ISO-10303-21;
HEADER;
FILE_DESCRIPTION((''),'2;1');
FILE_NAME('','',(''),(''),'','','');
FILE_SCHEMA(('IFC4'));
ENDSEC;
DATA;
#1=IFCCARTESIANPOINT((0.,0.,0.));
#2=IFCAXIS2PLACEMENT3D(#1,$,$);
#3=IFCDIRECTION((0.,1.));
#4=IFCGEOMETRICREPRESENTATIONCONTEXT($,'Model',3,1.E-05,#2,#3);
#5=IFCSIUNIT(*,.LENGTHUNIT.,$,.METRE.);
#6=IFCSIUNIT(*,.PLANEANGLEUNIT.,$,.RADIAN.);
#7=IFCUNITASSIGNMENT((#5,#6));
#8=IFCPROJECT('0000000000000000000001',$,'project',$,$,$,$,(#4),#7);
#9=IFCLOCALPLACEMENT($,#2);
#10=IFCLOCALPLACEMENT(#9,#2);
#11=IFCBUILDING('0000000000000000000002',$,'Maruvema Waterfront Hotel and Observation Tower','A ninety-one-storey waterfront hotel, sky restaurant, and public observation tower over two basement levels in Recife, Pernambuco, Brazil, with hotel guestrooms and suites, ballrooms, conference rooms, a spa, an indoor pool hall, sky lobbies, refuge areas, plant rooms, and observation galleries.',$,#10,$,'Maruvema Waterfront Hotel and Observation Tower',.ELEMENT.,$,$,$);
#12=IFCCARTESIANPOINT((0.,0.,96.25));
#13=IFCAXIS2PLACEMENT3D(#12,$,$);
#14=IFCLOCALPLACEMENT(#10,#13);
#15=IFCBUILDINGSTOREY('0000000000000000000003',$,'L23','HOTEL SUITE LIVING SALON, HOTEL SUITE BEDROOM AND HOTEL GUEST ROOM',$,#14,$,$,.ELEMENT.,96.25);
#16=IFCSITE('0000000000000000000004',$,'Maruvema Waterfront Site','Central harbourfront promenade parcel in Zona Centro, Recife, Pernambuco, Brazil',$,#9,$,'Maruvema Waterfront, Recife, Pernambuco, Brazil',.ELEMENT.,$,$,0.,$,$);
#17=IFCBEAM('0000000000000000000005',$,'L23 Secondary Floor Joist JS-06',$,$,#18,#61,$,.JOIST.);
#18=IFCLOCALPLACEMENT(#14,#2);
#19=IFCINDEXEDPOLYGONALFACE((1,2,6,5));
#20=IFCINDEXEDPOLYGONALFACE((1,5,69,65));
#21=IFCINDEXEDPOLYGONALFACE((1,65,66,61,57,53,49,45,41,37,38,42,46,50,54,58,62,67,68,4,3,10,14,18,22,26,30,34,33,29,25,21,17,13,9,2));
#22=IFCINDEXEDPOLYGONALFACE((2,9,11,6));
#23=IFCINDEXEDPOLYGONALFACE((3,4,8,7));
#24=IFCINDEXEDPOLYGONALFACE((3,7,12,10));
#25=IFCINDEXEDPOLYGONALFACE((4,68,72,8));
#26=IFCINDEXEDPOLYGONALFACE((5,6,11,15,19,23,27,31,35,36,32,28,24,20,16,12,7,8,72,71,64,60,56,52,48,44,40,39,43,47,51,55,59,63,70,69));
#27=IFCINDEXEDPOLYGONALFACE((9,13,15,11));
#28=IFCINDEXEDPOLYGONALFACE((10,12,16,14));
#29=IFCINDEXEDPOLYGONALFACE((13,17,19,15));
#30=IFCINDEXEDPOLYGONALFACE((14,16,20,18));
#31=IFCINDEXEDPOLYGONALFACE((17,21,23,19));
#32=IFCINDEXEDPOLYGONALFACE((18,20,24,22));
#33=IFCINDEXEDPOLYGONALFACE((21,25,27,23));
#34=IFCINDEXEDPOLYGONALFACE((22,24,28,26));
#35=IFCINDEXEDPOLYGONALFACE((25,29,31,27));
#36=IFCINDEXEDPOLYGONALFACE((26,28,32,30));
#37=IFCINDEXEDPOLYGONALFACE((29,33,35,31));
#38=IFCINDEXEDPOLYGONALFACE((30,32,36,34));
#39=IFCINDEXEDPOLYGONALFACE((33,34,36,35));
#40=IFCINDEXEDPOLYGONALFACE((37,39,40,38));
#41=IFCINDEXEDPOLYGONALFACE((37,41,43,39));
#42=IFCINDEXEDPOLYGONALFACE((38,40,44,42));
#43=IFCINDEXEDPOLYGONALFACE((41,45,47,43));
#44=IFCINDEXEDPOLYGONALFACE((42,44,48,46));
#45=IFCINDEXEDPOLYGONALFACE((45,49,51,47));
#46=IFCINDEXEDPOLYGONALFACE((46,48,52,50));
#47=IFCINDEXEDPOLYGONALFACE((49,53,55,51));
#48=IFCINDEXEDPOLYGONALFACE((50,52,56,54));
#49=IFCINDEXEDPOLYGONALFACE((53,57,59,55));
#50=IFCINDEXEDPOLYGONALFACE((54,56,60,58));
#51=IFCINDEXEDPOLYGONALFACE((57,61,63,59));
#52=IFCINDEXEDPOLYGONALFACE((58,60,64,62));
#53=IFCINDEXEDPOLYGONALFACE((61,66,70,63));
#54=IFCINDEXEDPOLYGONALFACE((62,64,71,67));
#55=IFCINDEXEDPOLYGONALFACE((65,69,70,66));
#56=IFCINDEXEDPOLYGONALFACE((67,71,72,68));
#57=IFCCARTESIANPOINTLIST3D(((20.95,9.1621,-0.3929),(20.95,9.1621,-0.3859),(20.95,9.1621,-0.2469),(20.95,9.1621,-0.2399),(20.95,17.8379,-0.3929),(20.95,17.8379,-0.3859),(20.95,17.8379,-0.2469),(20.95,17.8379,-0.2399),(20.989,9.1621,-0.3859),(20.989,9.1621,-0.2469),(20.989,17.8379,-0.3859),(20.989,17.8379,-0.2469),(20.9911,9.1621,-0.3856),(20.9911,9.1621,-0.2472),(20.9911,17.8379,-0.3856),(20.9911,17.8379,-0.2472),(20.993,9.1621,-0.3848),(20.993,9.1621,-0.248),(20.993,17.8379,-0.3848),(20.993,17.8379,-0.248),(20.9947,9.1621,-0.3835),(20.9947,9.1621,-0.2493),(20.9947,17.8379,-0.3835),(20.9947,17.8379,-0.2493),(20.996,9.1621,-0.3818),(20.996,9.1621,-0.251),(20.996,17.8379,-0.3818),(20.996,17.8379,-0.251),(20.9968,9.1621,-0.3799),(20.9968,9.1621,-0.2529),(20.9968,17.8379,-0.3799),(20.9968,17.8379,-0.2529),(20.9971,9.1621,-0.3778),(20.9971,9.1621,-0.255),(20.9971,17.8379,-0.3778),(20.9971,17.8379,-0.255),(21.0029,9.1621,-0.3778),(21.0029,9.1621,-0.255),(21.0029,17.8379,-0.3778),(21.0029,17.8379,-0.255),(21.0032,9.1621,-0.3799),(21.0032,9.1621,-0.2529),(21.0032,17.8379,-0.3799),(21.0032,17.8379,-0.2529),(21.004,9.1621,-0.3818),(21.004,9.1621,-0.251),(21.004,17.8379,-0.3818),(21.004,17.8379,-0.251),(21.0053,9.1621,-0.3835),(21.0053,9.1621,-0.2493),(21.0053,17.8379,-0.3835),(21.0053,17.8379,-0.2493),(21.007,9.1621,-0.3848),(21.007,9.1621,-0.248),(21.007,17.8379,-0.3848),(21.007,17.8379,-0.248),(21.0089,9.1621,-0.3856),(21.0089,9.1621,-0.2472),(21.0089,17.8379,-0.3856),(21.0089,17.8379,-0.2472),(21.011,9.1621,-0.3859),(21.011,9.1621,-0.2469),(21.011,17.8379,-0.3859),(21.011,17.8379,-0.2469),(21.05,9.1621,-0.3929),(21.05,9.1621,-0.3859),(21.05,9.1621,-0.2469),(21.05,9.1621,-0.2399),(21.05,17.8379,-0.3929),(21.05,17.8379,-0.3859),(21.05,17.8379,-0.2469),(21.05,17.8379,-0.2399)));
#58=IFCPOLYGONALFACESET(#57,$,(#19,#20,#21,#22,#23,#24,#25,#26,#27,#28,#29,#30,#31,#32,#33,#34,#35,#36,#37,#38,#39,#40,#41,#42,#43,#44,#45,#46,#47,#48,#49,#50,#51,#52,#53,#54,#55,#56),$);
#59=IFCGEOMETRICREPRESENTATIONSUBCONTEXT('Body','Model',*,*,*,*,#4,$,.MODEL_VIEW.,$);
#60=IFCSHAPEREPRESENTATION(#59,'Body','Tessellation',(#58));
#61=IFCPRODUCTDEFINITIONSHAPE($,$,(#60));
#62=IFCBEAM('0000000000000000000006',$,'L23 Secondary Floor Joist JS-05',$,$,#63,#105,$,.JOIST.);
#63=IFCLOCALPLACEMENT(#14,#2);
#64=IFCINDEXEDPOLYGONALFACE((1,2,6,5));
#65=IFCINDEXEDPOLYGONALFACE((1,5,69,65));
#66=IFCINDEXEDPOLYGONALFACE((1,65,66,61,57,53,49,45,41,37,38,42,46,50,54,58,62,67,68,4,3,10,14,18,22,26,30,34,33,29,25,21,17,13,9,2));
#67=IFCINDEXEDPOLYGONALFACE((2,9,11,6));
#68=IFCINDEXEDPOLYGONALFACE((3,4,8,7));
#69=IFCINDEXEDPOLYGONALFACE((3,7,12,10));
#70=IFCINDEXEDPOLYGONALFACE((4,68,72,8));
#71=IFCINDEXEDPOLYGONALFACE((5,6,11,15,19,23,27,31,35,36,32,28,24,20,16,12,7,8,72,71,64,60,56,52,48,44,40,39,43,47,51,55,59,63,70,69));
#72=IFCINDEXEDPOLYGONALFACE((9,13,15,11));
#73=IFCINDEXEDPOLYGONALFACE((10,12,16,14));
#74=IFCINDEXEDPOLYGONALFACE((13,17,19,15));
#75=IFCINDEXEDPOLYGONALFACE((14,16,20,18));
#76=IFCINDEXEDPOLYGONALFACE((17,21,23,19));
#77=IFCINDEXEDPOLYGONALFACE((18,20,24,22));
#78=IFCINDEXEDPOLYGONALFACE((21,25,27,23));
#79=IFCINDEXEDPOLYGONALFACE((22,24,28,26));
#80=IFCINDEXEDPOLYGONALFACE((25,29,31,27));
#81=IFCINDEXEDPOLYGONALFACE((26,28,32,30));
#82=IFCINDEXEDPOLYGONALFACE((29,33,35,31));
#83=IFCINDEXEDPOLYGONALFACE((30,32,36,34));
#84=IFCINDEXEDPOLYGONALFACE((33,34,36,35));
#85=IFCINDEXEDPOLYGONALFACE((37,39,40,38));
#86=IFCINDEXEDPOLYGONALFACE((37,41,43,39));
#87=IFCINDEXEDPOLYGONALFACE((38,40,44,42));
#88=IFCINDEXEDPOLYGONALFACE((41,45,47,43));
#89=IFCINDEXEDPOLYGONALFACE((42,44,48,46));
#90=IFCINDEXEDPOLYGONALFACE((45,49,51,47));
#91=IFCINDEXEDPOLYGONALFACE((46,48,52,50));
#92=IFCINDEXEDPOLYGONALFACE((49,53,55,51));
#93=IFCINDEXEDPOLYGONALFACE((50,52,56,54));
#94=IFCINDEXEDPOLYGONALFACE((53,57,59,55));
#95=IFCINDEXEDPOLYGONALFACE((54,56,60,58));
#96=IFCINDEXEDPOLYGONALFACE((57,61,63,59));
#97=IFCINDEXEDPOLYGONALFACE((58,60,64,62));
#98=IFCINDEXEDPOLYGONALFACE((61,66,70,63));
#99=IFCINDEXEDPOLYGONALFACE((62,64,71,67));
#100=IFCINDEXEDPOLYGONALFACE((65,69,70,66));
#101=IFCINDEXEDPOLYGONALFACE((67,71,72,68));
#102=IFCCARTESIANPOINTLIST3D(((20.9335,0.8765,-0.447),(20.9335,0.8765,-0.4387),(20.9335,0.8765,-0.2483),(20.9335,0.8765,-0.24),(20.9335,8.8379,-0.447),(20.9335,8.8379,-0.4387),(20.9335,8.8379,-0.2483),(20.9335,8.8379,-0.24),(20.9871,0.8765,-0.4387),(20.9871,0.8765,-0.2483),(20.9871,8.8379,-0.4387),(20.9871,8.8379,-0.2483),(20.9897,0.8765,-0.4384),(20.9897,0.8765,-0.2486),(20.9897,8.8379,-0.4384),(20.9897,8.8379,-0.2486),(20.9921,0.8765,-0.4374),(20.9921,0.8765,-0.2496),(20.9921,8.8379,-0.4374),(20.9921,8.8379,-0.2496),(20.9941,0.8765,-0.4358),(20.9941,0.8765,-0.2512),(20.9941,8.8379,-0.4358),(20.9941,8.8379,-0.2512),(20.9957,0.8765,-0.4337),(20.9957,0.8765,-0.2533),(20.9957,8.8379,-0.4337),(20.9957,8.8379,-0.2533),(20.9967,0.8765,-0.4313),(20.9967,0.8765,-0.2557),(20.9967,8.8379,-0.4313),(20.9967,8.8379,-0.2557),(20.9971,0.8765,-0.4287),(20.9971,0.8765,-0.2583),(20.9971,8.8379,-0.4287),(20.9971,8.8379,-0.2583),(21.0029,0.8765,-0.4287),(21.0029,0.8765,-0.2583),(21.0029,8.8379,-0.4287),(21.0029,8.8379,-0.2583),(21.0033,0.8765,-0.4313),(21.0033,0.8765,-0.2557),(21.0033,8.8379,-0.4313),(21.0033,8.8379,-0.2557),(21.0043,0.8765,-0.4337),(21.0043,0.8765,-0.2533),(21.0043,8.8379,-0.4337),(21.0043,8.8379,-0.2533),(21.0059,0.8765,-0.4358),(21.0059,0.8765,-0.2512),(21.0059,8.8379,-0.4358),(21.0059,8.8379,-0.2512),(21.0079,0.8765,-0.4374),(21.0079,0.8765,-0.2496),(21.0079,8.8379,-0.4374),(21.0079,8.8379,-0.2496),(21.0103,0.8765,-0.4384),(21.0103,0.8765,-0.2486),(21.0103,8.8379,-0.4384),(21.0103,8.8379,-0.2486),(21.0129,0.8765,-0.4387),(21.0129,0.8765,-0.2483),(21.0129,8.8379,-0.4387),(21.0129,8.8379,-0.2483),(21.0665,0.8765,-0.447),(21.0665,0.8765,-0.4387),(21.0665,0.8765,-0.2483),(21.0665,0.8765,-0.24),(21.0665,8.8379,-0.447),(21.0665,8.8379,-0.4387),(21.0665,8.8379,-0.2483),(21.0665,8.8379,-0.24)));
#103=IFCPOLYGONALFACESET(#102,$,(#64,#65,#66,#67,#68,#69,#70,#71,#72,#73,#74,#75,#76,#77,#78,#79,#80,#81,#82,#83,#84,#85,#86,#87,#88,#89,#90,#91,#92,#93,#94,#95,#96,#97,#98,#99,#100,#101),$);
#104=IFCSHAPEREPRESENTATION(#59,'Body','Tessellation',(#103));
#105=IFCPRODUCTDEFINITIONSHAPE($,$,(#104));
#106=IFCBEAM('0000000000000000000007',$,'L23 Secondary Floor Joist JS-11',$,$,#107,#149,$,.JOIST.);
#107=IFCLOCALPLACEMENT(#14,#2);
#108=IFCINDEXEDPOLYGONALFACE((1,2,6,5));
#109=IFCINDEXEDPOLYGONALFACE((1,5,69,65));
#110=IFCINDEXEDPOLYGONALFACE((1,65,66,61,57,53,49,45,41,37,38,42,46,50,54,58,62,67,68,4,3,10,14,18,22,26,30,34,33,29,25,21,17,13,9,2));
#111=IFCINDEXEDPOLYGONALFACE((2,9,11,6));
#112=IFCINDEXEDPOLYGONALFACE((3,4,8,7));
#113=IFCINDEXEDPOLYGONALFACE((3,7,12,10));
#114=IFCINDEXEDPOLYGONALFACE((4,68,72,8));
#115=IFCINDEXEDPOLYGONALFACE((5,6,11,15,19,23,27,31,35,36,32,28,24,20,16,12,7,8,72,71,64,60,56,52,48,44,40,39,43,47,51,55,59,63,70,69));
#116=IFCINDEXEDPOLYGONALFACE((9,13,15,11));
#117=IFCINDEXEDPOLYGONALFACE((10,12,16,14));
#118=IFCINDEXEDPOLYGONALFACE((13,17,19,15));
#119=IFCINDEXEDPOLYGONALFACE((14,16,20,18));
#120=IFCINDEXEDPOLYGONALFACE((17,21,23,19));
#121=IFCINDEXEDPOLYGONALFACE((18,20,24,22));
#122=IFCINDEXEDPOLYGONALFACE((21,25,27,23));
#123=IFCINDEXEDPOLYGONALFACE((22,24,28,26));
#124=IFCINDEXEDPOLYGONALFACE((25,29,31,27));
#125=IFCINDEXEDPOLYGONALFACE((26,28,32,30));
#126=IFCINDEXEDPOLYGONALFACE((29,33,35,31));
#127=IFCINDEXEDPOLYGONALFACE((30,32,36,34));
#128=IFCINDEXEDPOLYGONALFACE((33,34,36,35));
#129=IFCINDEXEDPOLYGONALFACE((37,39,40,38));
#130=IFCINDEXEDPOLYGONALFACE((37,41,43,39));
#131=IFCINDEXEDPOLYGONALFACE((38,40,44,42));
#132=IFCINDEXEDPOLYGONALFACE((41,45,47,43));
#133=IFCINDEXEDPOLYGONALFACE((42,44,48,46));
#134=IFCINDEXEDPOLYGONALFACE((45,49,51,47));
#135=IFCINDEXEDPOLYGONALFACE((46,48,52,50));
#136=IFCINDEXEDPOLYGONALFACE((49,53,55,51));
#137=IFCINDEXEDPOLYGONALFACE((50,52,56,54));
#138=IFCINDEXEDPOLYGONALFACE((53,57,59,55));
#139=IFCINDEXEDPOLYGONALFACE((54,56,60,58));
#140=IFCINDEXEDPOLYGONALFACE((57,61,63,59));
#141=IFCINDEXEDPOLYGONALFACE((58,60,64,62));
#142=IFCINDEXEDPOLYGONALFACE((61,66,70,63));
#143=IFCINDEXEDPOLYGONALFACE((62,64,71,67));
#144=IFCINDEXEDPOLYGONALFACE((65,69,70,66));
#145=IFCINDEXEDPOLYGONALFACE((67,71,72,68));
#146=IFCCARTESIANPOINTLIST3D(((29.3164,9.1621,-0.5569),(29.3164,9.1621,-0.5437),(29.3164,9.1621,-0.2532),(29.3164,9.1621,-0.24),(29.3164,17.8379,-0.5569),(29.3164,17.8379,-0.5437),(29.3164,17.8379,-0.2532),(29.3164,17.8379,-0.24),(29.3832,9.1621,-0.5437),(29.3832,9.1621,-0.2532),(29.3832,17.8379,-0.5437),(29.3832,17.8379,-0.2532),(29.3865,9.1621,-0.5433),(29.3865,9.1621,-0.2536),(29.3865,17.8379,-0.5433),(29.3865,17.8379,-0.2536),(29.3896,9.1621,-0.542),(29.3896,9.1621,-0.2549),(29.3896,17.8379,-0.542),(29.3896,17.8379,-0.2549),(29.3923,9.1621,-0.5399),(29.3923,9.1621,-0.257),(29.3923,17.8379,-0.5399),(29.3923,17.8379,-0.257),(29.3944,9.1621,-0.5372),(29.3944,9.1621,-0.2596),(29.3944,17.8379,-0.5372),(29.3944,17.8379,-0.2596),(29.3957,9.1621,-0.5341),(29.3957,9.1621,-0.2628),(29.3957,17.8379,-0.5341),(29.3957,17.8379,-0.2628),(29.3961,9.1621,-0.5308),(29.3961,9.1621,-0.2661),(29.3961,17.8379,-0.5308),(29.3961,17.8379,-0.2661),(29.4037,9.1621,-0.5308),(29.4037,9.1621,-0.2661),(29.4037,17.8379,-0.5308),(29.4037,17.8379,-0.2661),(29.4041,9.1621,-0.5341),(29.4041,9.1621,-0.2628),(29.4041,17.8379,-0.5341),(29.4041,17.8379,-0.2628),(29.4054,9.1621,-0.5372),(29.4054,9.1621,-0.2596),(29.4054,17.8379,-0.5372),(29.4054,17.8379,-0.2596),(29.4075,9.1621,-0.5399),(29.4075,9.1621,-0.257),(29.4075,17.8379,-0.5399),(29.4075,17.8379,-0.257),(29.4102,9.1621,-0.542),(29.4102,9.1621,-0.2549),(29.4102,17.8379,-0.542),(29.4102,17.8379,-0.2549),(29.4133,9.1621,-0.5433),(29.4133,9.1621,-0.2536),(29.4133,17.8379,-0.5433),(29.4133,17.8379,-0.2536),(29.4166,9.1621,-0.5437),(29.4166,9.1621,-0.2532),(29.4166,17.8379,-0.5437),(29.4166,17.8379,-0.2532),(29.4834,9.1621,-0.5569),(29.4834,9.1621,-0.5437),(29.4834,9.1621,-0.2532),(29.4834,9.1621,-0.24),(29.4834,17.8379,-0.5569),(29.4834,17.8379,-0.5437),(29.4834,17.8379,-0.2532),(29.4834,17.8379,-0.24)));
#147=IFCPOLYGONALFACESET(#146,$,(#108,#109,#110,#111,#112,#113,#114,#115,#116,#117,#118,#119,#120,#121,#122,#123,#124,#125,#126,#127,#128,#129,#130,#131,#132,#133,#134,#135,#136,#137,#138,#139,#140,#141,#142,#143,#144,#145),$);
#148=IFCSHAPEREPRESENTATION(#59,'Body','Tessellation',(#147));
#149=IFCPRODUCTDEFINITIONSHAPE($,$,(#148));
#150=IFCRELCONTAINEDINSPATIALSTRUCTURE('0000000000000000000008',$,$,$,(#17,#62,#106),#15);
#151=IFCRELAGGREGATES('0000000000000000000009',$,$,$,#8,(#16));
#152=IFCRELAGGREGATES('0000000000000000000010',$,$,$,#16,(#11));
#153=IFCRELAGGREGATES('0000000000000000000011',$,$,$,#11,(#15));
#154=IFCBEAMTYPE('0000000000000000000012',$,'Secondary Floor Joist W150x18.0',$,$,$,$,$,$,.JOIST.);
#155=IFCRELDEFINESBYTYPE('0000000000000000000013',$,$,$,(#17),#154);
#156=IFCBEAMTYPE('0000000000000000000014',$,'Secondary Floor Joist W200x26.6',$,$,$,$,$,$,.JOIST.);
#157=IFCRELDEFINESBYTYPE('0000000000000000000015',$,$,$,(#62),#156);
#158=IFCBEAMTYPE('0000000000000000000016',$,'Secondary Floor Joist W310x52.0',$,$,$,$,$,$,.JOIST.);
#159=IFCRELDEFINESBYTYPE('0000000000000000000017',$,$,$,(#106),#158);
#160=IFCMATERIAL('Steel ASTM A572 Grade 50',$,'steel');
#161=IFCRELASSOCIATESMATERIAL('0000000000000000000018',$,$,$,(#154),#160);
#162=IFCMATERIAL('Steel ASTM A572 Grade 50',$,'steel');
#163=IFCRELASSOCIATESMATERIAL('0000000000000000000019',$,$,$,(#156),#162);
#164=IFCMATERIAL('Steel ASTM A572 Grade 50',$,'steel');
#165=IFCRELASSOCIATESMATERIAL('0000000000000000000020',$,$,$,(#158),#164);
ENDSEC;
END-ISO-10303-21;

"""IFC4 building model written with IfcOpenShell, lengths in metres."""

from ifc_helpers import new_model, si_unit, direction, frame, origin, origin_2d, place, context, subcontext, project, spatial, i_section, extrude, material, material_profile, profile_set, type_object, element, save


model = new_model("IFC4")

# Units and contexts
model_context = context("Model", 3, precision=1e-05, world=origin(), true_north=direction((0.0, 1.0)))
body_context = subcontext(model_context, "Body", "Model", "MODEL_VIEW")
ifc_project = project(units=[si_unit("LENGTHUNIT", "METRE"), si_unit("PLANEANGLEUNIT", "RADIAN")], contexts=[model_context])

# Site, building, storey
site_placement = place(None, origin())
site = spatial("IfcSite", under=ifc_project, at=site_placement, Name="Maruvema Waterfront Site", Description="Central harbourfront promenade parcel in Zona Centro, Recife, Pernambuco, Brazil", LongName="Maruvema Waterfront, Recife, Pernambuco, Brazil", CompositionType="ELEMENT", RefElevation=0.0)
building_placement = place(site_placement, origin())
building = spatial("IfcBuilding", under=site, at=building_placement, Name="Maruvema Waterfront Hotel and Observation Tower", Description="A ninety-one-storey waterfront hotel, sky restaurant, and public observation tower over two basement levels in Recife, Pernambuco, Brazil, with hotel guestrooms and suites, ballrooms, conference rooms, a spa, an indoor pool hall, sky lobbies, refuge areas, plant rooms, and observation galleries.", LongName="Maruvema Waterfront Hotel and Observation Tower", CompositionType="ELEMENT")
storey_placement = place(building_placement, frame((0.0, 0.0, 96.25)))
storey = spatial("IfcBuildingStorey", under=building, at=storey_placement, Name="L23", Description="HOTEL SUITE LIVING SALON, HOTEL SUITE BEDROOM AND HOTEL GUEST ROOM", CompositionType="ELEMENT", Elevation=96.25)

# Beams
ifc_material_1 = material(Name="Steel ASTM A572 Grade 50", Category="steel")
ifc_material_profile_1 = material_profile(ifc_material_1, i_section(OverallWidth=0.1001, OverallDepth=0.1531, WebThickness=0.0059, FlangeThickness=0.0071, FilletRadius=0.0081, at=origin_2d()), Name="W150x18.0")
ifc_profile_set_1 = profile_set([ifc_material_profile_1], Name="Steel ASTM A572 Grade 50")
beam_type_1 = type_object("IfcBeamType", Name="Secondary Floor Joist W150x18.0", PredefinedType="JOIST", material=ifc_profile_set_1)
beam_1_placement = place(storey_placement, frame((21.0, 9.1621, -0.3164), z_axis=(0.0, 1.0, 0.0), x_axis=(-1.0, 0.0, 0.0)))
element("IfcBeam", 1, at=beam_1_placement, inside=storey, type_object=beam_type_1, Name="L23 Secondary Floor Joist JS-06", PredefinedType="JOIST", context=body_context, shape_type="SweptSolid", body=[
    extrude(i_section(OverallWidth=0.1001, OverallDepth=0.1531, WebThickness=0.0059, FlangeThickness=0.0071, FilletRadius=0.0081, at=origin_2d()), origin(), (0.0, 0.0, 1.0), 8.6758),
])
ifc_material_2 = material(Name="Steel ASTM A572 Grade 50", Category="steel")
ifc_material_profile_2 = material_profile(ifc_material_2, i_section(OverallWidth=0.1331, OverallDepth=0.207, WebThickness=0.0059, FlangeThickness=0.0083, FilletRadius=0.01, at=origin_2d()), Name="W200x26.6")
ifc_profile_set_2 = profile_set([ifc_material_profile_2], Name="Steel ASTM A572 Grade 50")
beam_type_2 = type_object("IfcBeamType", Name="Secondary Floor Joist W200x26.6", PredefinedType="JOIST", material=ifc_profile_set_2)
beam_2_placement = place(storey_placement, frame((21.0, 0.8765, -0.3435), z_axis=(0.0, 1.0, 0.0), x_axis=(-1.0, 0.0, 0.0)))
element("IfcBeam", 2, at=beam_2_placement, inside=storey, type_object=beam_type_2, Name="L23 Secondary Floor Joist JS-05", PredefinedType="JOIST", context=body_context, shape_type="SweptSolid", body=[
    extrude(i_section(OverallWidth=0.1331, OverallDepth=0.207, WebThickness=0.0059, FlangeThickness=0.0083, FilletRadius=0.01, at=origin_2d()), origin(), (0.0, 0.0, 1.0), 7.9614),
])
ifc_material_3 = material(Name="Steel ASTM A572 Grade 50", Category="steel")
ifc_material_profile_3 = material_profile(ifc_material_3, i_section(OverallWidth=0.167, OverallDepth=0.3169, WebThickness=0.0076, FlangeThickness=0.0132, FilletRadius=0.0129, at=origin_2d()), Name="W310x52.0")
ifc_profile_set_3 = profile_set([ifc_material_profile_3], Name="Steel ASTM A572 Grade 50")
beam_type_3 = type_object("IfcBeamType", Name="Secondary Floor Joist W310x52.0", PredefinedType="JOIST", material=ifc_profile_set_3)
beam_3_placement = place(storey_placement, frame((29.3999, 9.1621, -0.3984), z_axis=(0.0, 1.0, 0.0), x_axis=(-1.0, 0.0, 0.0)))
element("IfcBeam", 3, at=beam_3_placement, inside=storey, type_object=beam_type_3, Name="L23 Secondary Floor Joist JS-11", PredefinedType="JOIST", context=body_context, shape_type="SweptSolid", body=[
    extrude(i_section(OverallWidth=0.167, OverallDepth=0.3169, WebThickness=0.0076, FlangeThickness=0.0132, FilletRadius=0.0129, at=origin_2d()), origin(), (0.0, 0.0, 1.0), 8.6758),
])

save(model, "model.ifc")
